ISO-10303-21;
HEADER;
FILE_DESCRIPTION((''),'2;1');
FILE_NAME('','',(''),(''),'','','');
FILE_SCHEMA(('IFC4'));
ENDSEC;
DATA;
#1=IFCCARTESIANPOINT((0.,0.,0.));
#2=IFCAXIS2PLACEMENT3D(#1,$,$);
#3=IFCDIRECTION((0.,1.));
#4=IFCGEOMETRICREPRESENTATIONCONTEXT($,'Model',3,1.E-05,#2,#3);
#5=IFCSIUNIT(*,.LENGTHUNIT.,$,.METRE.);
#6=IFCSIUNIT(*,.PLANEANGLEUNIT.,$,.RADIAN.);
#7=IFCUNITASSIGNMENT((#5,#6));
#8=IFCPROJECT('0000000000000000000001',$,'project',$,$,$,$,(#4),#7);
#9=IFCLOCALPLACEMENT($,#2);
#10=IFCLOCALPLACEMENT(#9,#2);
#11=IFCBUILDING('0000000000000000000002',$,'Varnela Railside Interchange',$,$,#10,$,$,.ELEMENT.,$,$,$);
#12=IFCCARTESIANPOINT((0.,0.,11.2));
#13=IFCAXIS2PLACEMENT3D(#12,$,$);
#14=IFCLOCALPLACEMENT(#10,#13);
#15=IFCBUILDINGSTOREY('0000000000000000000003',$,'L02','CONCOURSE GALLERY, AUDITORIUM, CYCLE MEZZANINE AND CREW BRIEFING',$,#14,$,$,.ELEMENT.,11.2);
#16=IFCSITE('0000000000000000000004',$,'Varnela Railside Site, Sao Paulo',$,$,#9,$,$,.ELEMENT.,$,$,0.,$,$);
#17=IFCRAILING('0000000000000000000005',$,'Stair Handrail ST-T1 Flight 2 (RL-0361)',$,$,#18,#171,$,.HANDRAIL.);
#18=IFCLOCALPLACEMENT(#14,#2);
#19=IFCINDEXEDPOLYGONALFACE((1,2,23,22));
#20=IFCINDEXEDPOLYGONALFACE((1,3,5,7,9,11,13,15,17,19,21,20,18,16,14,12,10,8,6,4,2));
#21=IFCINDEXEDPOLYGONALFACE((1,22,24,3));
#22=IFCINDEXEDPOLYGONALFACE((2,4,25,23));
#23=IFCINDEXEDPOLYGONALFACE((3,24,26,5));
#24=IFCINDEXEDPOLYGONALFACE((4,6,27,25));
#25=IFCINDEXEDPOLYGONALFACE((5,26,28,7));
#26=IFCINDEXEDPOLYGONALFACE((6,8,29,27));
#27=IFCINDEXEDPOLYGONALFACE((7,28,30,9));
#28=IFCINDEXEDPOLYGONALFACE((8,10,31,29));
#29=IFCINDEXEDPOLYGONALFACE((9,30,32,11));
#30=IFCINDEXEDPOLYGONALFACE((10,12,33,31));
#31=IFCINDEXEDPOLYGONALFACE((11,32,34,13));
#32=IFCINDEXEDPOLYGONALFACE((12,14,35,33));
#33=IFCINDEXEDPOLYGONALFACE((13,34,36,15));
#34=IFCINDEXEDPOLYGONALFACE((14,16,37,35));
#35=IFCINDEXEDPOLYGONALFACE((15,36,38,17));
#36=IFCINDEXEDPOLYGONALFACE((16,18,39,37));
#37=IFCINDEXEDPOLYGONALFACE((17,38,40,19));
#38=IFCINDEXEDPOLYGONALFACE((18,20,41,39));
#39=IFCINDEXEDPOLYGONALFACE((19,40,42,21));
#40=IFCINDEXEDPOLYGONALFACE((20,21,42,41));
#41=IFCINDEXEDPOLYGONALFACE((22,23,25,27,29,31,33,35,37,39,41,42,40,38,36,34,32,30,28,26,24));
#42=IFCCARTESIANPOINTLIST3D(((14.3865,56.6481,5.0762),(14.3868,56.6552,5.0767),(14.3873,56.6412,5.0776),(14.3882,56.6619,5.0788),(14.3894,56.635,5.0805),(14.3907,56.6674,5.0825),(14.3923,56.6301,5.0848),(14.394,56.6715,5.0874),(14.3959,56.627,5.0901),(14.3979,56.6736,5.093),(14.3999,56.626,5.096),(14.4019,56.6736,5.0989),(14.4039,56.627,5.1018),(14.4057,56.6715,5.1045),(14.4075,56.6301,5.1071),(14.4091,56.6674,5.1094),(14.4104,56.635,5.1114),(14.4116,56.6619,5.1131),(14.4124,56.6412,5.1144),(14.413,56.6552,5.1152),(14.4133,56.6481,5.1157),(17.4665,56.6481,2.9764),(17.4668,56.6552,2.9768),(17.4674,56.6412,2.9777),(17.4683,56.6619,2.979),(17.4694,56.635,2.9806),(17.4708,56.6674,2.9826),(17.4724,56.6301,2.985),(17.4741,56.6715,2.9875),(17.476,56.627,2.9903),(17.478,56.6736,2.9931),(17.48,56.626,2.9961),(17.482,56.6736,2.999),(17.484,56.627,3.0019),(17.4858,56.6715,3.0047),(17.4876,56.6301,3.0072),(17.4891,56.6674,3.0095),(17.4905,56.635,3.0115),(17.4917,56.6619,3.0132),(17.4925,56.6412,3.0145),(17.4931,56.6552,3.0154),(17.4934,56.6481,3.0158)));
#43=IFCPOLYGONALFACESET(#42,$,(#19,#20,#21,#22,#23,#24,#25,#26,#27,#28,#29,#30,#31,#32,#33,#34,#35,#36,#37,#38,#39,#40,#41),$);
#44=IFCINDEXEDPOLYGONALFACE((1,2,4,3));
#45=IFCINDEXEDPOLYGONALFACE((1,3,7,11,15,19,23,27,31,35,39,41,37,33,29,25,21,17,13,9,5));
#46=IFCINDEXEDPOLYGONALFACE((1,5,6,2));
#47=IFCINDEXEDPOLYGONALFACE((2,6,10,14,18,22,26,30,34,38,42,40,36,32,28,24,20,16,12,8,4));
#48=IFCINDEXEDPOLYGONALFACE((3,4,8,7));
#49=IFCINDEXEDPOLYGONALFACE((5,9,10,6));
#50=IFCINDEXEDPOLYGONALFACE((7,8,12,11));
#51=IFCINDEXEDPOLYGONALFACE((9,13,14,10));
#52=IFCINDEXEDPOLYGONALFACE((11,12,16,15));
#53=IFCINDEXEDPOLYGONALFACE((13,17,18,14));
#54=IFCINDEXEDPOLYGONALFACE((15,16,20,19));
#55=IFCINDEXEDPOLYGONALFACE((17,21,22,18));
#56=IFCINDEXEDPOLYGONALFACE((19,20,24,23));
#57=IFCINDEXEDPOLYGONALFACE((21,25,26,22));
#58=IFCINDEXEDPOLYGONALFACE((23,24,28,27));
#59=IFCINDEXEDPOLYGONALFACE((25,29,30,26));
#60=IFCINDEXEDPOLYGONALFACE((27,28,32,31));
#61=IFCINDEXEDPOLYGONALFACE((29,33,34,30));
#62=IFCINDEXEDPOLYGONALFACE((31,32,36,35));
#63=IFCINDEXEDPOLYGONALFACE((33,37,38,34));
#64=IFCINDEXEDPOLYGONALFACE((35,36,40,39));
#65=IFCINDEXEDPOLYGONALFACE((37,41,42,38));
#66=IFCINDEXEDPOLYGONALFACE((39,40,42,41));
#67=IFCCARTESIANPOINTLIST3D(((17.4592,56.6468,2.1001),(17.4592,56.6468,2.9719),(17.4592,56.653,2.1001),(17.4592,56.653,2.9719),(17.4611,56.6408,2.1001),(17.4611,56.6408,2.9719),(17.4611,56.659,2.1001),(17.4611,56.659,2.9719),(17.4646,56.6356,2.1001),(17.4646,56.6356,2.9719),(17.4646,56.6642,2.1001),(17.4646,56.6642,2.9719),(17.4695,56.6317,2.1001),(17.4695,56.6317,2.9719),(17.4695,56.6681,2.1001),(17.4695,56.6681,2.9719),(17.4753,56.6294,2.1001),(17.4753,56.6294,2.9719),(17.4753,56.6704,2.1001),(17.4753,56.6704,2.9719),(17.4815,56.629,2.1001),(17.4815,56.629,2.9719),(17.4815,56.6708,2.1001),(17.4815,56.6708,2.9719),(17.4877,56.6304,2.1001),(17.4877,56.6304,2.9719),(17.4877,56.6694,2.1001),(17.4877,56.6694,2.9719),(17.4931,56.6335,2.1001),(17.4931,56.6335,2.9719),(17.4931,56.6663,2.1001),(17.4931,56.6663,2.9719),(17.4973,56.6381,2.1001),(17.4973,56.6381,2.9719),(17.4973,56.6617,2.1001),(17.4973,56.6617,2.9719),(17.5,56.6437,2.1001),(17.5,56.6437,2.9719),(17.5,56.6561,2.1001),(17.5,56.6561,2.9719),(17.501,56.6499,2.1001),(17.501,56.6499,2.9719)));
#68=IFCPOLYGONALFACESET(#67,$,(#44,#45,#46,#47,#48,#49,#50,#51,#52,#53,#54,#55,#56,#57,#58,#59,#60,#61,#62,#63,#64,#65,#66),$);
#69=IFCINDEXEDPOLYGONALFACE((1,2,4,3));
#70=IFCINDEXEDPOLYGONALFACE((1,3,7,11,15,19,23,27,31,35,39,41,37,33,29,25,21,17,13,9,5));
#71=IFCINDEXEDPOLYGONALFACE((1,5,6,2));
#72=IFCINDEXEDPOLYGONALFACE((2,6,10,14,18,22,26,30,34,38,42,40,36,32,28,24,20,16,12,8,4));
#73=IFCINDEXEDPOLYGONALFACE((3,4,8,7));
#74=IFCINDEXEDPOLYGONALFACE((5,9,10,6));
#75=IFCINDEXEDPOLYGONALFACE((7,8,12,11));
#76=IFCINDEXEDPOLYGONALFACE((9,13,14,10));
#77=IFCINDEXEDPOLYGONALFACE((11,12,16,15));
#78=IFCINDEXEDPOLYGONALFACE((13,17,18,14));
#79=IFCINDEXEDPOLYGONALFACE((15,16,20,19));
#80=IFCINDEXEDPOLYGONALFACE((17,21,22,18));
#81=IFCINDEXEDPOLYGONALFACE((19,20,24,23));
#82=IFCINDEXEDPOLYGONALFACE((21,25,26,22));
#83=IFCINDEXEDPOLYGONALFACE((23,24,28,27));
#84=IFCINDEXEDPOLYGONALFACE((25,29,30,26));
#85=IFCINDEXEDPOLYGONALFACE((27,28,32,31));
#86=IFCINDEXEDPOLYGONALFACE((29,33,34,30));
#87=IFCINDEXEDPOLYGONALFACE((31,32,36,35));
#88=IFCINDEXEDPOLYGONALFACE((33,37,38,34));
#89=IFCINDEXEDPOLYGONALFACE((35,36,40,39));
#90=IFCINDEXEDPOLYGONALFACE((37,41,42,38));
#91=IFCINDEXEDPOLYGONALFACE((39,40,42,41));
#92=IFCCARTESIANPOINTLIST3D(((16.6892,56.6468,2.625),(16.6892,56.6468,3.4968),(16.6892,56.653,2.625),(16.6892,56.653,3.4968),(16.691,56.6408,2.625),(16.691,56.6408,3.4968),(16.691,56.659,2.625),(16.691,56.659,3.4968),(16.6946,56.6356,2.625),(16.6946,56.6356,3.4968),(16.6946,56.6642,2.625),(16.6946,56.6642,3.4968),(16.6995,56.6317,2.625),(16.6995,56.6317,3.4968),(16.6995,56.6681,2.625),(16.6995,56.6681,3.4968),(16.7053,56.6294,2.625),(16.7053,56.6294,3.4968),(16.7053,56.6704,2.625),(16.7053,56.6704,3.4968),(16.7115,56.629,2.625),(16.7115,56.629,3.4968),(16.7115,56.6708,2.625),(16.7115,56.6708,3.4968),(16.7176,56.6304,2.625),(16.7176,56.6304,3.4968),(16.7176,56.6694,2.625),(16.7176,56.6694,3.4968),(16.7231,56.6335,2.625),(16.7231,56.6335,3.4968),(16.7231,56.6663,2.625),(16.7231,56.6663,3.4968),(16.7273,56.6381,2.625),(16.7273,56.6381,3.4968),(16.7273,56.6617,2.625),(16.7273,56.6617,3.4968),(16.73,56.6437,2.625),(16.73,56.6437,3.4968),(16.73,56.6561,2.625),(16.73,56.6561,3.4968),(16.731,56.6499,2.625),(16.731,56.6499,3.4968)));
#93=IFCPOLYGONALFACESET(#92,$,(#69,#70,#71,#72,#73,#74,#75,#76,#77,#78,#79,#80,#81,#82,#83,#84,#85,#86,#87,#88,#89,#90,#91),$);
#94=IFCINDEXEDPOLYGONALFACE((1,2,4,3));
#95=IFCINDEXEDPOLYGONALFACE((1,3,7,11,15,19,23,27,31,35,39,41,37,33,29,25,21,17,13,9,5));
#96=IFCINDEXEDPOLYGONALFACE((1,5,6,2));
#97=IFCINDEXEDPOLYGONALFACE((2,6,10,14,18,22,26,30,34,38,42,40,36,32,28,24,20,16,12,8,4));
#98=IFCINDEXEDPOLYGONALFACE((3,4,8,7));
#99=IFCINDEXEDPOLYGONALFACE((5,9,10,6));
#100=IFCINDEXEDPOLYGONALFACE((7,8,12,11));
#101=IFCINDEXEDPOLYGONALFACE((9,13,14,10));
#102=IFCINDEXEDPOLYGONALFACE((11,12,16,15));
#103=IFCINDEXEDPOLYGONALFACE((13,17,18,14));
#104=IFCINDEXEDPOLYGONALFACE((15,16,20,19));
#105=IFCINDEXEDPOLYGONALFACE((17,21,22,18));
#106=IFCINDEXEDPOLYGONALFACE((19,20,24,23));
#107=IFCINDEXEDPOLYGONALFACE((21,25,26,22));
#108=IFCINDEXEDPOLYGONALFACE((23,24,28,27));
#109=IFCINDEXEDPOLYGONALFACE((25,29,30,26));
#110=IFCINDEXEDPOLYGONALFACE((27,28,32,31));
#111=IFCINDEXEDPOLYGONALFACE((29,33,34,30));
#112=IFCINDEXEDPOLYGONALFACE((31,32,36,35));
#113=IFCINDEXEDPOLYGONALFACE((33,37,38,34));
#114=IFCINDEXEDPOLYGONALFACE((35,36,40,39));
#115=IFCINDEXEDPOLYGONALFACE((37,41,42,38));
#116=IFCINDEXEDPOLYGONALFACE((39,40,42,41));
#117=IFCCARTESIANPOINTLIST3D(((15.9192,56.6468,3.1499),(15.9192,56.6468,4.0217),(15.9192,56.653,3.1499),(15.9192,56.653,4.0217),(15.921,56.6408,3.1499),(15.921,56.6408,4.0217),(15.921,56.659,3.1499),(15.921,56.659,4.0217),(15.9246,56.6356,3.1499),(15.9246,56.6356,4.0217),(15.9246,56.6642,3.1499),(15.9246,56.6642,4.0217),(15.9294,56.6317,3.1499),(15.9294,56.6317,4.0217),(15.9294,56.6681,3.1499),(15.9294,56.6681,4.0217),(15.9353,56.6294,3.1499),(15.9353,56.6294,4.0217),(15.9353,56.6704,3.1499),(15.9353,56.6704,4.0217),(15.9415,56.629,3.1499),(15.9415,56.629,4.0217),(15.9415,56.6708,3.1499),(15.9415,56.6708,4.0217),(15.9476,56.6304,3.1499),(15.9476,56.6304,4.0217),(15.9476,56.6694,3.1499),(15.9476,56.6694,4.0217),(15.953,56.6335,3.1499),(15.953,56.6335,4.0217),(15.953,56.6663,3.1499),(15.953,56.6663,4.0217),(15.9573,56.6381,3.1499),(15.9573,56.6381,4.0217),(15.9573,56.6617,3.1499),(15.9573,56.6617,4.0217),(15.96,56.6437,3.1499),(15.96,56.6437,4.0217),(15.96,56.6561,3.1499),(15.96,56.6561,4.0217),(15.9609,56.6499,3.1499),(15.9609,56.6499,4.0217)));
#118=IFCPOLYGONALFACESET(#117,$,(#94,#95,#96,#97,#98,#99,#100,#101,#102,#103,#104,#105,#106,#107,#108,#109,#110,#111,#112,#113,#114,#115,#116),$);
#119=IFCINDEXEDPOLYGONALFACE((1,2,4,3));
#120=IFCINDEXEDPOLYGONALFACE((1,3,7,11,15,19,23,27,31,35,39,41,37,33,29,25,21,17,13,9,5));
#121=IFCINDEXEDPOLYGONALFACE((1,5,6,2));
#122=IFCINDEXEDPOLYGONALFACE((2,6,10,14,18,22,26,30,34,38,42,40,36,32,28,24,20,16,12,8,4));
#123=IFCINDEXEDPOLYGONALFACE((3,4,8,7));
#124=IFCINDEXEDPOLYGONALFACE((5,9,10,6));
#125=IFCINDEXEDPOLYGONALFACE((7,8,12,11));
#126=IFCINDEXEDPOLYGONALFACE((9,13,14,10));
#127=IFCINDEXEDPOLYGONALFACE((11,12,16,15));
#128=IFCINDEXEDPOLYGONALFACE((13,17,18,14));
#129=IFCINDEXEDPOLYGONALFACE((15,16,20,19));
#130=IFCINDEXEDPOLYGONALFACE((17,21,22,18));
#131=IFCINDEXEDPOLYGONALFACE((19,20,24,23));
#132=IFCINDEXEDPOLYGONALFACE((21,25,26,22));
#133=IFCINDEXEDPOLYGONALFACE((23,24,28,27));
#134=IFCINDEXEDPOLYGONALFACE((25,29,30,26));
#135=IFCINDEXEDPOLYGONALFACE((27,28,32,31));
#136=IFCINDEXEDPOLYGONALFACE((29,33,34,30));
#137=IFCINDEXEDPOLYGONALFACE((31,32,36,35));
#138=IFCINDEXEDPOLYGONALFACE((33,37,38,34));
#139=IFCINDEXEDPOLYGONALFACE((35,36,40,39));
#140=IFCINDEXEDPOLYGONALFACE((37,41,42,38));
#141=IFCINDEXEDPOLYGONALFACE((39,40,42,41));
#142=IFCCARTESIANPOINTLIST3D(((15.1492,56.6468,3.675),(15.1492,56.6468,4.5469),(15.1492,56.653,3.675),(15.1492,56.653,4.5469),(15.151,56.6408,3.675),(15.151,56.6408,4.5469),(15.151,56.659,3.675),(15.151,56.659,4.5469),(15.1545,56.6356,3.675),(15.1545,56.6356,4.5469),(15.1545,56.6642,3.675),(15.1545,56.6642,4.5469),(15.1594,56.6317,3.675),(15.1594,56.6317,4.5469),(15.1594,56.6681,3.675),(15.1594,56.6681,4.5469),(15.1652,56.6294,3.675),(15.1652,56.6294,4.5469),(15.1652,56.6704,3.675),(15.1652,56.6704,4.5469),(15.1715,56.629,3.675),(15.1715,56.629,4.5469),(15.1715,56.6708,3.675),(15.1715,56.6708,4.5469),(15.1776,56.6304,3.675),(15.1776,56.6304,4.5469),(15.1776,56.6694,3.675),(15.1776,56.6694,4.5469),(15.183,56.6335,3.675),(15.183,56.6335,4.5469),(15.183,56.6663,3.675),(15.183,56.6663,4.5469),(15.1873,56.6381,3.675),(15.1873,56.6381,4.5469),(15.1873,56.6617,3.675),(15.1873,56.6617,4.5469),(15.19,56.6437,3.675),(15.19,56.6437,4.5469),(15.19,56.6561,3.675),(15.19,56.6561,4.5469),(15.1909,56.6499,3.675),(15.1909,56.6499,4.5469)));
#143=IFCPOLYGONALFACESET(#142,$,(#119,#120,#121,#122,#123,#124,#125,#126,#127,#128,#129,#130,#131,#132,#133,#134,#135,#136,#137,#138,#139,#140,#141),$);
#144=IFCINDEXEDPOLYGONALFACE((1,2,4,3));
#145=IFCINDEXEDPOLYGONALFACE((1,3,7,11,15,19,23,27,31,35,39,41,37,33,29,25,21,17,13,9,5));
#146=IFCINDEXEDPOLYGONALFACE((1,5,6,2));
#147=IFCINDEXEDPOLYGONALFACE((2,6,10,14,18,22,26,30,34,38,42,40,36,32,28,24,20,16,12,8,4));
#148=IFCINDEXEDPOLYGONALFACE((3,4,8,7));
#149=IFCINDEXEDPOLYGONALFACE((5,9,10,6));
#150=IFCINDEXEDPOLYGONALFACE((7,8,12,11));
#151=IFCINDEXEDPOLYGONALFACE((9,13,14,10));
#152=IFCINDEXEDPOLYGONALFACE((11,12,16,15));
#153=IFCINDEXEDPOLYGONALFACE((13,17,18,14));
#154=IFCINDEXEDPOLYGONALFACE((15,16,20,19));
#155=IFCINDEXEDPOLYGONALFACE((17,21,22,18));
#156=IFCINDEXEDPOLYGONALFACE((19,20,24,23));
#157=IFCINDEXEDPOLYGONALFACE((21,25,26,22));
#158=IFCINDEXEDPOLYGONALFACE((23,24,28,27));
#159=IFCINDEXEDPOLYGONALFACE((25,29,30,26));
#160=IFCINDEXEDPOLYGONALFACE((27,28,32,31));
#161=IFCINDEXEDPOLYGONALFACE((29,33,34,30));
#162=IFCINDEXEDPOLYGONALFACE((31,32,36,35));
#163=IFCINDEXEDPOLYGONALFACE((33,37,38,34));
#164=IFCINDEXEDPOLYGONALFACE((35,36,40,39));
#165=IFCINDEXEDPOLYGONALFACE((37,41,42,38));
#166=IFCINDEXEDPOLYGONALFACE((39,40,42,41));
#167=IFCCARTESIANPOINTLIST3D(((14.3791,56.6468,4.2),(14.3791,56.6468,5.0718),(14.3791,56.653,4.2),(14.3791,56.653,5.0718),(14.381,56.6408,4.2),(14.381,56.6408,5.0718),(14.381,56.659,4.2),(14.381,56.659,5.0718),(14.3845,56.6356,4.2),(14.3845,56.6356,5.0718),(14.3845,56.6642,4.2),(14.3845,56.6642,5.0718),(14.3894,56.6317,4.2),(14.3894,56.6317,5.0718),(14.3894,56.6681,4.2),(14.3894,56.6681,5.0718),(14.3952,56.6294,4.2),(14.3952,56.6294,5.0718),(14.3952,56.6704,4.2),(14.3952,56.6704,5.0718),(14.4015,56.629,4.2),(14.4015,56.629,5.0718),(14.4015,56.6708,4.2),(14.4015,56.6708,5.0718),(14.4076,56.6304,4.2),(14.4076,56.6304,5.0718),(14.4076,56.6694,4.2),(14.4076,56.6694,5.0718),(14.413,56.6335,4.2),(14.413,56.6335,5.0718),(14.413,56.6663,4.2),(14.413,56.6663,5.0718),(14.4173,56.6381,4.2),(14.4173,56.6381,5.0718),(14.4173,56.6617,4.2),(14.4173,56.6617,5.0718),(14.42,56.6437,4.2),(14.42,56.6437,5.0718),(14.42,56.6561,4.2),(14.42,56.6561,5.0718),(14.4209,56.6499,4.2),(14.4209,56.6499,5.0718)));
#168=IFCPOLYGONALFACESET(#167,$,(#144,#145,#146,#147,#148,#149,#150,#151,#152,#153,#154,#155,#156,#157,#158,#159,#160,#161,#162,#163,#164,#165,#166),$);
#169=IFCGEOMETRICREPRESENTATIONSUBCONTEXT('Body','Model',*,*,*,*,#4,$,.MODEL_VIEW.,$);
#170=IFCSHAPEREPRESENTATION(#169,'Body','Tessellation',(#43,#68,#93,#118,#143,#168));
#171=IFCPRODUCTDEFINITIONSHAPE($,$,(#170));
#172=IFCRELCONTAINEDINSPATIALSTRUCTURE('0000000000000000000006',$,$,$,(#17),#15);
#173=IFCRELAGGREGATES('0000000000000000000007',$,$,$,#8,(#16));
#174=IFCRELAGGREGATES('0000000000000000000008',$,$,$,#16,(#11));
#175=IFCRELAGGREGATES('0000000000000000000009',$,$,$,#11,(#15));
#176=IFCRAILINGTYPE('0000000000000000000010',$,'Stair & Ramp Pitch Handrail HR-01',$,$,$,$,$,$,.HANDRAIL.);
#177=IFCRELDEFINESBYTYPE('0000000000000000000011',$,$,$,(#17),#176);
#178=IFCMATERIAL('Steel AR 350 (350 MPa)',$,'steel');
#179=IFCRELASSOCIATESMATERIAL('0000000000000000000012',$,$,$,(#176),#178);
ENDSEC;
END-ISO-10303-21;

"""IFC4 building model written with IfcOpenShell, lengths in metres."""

from ifc_helpers import new_model, si_unit, direction, frame, origin, origin_2d, place, context, subcontext, project, spatial, circle, extrude, material, type_object, element, save


model = new_model("IFC4")

# Units and contexts
model_context = context("Model", 3, precision=1e-05, world=origin(), true_north=direction((0.0, 1.0)))
body_context = subcontext(model_context, "Body", "Model", "MODEL_VIEW")
ifc_project = project(units=[si_unit("LENGTHUNIT", "METRE"), si_unit("PLANEANGLEUNIT", "RADIAN")], contexts=[model_context])

# Site, building, storey
site_placement = place(None, origin())
site = spatial("IfcSite", under=ifc_project, at=site_placement, Name="Varnela Railside Site, Sao Paulo", CompositionType="ELEMENT", RefElevation=0.0)
building_placement = place(site_placement, origin())
building = spatial("IfcBuilding", under=site, at=building_placement, Name="Varnela Railside Interchange", CompositionType="ELEMENT")
storey_placement = place(building_placement, frame((0.0, 0.0, 11.2)))
storey = spatial("IfcBuildingStorey", under=building, at=storey_placement, Name="L02", Description="CONCOURSE GALLERY, AUDITORIUM, CYCLE MEZZANINE AND CREW BRIEFING", CompositionType="ELEMENT", Elevation=11.2)

# Shared definitions
ifc_material_1 = material(Name="Steel AR 350 (350 MPa)", Category="steel")

# Railing
railing_type_1 = type_object("IfcRailingType", Name="Stair & Ramp Pitch Handrail HR-01", PredefinedType="HANDRAIL", material=ifc_material_1)
railing_1_placement = place(storey_placement, frame((17.48, 56.6499, 2.1001)))
element("IfcRailing", 1, at=railing_1_placement, inside=storey, type_object=railing_type_1, Name="Stair Handrail ST-T1 Flight 2 (RL-0361)", PredefinedType="HANDRAIL", context=body_context, shape_type="SweptSolid", body=[
    extrude(circle(Radius=0.0239, at=origin_2d()), frame((0.0, 0.0, 0.896), z_axis=(-0.826252, 0.0, 0.5633), x_axis=(0.0, -1.0, 0.0)), (0.0, 0.0, 1.0), 3.7278),
    extrude(circle(Radius=0.021, at=origin_2d()), origin(), (0.0, 0.0, 1.0), 0.8718),
    extrude(circle(Radius=0.021, at=origin_2d()), frame((-0.77, 0.0, 0.5249)), (0.0, 0.0, 1.0), 0.8718),
    extrude(circle(Radius=0.021, at=origin_2d()), frame((-1.54, 0.0, 1.0498)), (0.0, 0.0, 1.0), 0.8718),
    extrude(circle(Radius=0.021, at=origin_2d()), frame((-2.3101, 0.0, 1.575)), (0.0, 0.0, 1.0), 0.8718),
    extrude(circle(Radius=0.021, at=origin_2d()), frame((-3.0801, 0.0, 2.0999)), (0.0, 0.0, 1.0), 0.8718),
])

save(model, "model.ifc")
